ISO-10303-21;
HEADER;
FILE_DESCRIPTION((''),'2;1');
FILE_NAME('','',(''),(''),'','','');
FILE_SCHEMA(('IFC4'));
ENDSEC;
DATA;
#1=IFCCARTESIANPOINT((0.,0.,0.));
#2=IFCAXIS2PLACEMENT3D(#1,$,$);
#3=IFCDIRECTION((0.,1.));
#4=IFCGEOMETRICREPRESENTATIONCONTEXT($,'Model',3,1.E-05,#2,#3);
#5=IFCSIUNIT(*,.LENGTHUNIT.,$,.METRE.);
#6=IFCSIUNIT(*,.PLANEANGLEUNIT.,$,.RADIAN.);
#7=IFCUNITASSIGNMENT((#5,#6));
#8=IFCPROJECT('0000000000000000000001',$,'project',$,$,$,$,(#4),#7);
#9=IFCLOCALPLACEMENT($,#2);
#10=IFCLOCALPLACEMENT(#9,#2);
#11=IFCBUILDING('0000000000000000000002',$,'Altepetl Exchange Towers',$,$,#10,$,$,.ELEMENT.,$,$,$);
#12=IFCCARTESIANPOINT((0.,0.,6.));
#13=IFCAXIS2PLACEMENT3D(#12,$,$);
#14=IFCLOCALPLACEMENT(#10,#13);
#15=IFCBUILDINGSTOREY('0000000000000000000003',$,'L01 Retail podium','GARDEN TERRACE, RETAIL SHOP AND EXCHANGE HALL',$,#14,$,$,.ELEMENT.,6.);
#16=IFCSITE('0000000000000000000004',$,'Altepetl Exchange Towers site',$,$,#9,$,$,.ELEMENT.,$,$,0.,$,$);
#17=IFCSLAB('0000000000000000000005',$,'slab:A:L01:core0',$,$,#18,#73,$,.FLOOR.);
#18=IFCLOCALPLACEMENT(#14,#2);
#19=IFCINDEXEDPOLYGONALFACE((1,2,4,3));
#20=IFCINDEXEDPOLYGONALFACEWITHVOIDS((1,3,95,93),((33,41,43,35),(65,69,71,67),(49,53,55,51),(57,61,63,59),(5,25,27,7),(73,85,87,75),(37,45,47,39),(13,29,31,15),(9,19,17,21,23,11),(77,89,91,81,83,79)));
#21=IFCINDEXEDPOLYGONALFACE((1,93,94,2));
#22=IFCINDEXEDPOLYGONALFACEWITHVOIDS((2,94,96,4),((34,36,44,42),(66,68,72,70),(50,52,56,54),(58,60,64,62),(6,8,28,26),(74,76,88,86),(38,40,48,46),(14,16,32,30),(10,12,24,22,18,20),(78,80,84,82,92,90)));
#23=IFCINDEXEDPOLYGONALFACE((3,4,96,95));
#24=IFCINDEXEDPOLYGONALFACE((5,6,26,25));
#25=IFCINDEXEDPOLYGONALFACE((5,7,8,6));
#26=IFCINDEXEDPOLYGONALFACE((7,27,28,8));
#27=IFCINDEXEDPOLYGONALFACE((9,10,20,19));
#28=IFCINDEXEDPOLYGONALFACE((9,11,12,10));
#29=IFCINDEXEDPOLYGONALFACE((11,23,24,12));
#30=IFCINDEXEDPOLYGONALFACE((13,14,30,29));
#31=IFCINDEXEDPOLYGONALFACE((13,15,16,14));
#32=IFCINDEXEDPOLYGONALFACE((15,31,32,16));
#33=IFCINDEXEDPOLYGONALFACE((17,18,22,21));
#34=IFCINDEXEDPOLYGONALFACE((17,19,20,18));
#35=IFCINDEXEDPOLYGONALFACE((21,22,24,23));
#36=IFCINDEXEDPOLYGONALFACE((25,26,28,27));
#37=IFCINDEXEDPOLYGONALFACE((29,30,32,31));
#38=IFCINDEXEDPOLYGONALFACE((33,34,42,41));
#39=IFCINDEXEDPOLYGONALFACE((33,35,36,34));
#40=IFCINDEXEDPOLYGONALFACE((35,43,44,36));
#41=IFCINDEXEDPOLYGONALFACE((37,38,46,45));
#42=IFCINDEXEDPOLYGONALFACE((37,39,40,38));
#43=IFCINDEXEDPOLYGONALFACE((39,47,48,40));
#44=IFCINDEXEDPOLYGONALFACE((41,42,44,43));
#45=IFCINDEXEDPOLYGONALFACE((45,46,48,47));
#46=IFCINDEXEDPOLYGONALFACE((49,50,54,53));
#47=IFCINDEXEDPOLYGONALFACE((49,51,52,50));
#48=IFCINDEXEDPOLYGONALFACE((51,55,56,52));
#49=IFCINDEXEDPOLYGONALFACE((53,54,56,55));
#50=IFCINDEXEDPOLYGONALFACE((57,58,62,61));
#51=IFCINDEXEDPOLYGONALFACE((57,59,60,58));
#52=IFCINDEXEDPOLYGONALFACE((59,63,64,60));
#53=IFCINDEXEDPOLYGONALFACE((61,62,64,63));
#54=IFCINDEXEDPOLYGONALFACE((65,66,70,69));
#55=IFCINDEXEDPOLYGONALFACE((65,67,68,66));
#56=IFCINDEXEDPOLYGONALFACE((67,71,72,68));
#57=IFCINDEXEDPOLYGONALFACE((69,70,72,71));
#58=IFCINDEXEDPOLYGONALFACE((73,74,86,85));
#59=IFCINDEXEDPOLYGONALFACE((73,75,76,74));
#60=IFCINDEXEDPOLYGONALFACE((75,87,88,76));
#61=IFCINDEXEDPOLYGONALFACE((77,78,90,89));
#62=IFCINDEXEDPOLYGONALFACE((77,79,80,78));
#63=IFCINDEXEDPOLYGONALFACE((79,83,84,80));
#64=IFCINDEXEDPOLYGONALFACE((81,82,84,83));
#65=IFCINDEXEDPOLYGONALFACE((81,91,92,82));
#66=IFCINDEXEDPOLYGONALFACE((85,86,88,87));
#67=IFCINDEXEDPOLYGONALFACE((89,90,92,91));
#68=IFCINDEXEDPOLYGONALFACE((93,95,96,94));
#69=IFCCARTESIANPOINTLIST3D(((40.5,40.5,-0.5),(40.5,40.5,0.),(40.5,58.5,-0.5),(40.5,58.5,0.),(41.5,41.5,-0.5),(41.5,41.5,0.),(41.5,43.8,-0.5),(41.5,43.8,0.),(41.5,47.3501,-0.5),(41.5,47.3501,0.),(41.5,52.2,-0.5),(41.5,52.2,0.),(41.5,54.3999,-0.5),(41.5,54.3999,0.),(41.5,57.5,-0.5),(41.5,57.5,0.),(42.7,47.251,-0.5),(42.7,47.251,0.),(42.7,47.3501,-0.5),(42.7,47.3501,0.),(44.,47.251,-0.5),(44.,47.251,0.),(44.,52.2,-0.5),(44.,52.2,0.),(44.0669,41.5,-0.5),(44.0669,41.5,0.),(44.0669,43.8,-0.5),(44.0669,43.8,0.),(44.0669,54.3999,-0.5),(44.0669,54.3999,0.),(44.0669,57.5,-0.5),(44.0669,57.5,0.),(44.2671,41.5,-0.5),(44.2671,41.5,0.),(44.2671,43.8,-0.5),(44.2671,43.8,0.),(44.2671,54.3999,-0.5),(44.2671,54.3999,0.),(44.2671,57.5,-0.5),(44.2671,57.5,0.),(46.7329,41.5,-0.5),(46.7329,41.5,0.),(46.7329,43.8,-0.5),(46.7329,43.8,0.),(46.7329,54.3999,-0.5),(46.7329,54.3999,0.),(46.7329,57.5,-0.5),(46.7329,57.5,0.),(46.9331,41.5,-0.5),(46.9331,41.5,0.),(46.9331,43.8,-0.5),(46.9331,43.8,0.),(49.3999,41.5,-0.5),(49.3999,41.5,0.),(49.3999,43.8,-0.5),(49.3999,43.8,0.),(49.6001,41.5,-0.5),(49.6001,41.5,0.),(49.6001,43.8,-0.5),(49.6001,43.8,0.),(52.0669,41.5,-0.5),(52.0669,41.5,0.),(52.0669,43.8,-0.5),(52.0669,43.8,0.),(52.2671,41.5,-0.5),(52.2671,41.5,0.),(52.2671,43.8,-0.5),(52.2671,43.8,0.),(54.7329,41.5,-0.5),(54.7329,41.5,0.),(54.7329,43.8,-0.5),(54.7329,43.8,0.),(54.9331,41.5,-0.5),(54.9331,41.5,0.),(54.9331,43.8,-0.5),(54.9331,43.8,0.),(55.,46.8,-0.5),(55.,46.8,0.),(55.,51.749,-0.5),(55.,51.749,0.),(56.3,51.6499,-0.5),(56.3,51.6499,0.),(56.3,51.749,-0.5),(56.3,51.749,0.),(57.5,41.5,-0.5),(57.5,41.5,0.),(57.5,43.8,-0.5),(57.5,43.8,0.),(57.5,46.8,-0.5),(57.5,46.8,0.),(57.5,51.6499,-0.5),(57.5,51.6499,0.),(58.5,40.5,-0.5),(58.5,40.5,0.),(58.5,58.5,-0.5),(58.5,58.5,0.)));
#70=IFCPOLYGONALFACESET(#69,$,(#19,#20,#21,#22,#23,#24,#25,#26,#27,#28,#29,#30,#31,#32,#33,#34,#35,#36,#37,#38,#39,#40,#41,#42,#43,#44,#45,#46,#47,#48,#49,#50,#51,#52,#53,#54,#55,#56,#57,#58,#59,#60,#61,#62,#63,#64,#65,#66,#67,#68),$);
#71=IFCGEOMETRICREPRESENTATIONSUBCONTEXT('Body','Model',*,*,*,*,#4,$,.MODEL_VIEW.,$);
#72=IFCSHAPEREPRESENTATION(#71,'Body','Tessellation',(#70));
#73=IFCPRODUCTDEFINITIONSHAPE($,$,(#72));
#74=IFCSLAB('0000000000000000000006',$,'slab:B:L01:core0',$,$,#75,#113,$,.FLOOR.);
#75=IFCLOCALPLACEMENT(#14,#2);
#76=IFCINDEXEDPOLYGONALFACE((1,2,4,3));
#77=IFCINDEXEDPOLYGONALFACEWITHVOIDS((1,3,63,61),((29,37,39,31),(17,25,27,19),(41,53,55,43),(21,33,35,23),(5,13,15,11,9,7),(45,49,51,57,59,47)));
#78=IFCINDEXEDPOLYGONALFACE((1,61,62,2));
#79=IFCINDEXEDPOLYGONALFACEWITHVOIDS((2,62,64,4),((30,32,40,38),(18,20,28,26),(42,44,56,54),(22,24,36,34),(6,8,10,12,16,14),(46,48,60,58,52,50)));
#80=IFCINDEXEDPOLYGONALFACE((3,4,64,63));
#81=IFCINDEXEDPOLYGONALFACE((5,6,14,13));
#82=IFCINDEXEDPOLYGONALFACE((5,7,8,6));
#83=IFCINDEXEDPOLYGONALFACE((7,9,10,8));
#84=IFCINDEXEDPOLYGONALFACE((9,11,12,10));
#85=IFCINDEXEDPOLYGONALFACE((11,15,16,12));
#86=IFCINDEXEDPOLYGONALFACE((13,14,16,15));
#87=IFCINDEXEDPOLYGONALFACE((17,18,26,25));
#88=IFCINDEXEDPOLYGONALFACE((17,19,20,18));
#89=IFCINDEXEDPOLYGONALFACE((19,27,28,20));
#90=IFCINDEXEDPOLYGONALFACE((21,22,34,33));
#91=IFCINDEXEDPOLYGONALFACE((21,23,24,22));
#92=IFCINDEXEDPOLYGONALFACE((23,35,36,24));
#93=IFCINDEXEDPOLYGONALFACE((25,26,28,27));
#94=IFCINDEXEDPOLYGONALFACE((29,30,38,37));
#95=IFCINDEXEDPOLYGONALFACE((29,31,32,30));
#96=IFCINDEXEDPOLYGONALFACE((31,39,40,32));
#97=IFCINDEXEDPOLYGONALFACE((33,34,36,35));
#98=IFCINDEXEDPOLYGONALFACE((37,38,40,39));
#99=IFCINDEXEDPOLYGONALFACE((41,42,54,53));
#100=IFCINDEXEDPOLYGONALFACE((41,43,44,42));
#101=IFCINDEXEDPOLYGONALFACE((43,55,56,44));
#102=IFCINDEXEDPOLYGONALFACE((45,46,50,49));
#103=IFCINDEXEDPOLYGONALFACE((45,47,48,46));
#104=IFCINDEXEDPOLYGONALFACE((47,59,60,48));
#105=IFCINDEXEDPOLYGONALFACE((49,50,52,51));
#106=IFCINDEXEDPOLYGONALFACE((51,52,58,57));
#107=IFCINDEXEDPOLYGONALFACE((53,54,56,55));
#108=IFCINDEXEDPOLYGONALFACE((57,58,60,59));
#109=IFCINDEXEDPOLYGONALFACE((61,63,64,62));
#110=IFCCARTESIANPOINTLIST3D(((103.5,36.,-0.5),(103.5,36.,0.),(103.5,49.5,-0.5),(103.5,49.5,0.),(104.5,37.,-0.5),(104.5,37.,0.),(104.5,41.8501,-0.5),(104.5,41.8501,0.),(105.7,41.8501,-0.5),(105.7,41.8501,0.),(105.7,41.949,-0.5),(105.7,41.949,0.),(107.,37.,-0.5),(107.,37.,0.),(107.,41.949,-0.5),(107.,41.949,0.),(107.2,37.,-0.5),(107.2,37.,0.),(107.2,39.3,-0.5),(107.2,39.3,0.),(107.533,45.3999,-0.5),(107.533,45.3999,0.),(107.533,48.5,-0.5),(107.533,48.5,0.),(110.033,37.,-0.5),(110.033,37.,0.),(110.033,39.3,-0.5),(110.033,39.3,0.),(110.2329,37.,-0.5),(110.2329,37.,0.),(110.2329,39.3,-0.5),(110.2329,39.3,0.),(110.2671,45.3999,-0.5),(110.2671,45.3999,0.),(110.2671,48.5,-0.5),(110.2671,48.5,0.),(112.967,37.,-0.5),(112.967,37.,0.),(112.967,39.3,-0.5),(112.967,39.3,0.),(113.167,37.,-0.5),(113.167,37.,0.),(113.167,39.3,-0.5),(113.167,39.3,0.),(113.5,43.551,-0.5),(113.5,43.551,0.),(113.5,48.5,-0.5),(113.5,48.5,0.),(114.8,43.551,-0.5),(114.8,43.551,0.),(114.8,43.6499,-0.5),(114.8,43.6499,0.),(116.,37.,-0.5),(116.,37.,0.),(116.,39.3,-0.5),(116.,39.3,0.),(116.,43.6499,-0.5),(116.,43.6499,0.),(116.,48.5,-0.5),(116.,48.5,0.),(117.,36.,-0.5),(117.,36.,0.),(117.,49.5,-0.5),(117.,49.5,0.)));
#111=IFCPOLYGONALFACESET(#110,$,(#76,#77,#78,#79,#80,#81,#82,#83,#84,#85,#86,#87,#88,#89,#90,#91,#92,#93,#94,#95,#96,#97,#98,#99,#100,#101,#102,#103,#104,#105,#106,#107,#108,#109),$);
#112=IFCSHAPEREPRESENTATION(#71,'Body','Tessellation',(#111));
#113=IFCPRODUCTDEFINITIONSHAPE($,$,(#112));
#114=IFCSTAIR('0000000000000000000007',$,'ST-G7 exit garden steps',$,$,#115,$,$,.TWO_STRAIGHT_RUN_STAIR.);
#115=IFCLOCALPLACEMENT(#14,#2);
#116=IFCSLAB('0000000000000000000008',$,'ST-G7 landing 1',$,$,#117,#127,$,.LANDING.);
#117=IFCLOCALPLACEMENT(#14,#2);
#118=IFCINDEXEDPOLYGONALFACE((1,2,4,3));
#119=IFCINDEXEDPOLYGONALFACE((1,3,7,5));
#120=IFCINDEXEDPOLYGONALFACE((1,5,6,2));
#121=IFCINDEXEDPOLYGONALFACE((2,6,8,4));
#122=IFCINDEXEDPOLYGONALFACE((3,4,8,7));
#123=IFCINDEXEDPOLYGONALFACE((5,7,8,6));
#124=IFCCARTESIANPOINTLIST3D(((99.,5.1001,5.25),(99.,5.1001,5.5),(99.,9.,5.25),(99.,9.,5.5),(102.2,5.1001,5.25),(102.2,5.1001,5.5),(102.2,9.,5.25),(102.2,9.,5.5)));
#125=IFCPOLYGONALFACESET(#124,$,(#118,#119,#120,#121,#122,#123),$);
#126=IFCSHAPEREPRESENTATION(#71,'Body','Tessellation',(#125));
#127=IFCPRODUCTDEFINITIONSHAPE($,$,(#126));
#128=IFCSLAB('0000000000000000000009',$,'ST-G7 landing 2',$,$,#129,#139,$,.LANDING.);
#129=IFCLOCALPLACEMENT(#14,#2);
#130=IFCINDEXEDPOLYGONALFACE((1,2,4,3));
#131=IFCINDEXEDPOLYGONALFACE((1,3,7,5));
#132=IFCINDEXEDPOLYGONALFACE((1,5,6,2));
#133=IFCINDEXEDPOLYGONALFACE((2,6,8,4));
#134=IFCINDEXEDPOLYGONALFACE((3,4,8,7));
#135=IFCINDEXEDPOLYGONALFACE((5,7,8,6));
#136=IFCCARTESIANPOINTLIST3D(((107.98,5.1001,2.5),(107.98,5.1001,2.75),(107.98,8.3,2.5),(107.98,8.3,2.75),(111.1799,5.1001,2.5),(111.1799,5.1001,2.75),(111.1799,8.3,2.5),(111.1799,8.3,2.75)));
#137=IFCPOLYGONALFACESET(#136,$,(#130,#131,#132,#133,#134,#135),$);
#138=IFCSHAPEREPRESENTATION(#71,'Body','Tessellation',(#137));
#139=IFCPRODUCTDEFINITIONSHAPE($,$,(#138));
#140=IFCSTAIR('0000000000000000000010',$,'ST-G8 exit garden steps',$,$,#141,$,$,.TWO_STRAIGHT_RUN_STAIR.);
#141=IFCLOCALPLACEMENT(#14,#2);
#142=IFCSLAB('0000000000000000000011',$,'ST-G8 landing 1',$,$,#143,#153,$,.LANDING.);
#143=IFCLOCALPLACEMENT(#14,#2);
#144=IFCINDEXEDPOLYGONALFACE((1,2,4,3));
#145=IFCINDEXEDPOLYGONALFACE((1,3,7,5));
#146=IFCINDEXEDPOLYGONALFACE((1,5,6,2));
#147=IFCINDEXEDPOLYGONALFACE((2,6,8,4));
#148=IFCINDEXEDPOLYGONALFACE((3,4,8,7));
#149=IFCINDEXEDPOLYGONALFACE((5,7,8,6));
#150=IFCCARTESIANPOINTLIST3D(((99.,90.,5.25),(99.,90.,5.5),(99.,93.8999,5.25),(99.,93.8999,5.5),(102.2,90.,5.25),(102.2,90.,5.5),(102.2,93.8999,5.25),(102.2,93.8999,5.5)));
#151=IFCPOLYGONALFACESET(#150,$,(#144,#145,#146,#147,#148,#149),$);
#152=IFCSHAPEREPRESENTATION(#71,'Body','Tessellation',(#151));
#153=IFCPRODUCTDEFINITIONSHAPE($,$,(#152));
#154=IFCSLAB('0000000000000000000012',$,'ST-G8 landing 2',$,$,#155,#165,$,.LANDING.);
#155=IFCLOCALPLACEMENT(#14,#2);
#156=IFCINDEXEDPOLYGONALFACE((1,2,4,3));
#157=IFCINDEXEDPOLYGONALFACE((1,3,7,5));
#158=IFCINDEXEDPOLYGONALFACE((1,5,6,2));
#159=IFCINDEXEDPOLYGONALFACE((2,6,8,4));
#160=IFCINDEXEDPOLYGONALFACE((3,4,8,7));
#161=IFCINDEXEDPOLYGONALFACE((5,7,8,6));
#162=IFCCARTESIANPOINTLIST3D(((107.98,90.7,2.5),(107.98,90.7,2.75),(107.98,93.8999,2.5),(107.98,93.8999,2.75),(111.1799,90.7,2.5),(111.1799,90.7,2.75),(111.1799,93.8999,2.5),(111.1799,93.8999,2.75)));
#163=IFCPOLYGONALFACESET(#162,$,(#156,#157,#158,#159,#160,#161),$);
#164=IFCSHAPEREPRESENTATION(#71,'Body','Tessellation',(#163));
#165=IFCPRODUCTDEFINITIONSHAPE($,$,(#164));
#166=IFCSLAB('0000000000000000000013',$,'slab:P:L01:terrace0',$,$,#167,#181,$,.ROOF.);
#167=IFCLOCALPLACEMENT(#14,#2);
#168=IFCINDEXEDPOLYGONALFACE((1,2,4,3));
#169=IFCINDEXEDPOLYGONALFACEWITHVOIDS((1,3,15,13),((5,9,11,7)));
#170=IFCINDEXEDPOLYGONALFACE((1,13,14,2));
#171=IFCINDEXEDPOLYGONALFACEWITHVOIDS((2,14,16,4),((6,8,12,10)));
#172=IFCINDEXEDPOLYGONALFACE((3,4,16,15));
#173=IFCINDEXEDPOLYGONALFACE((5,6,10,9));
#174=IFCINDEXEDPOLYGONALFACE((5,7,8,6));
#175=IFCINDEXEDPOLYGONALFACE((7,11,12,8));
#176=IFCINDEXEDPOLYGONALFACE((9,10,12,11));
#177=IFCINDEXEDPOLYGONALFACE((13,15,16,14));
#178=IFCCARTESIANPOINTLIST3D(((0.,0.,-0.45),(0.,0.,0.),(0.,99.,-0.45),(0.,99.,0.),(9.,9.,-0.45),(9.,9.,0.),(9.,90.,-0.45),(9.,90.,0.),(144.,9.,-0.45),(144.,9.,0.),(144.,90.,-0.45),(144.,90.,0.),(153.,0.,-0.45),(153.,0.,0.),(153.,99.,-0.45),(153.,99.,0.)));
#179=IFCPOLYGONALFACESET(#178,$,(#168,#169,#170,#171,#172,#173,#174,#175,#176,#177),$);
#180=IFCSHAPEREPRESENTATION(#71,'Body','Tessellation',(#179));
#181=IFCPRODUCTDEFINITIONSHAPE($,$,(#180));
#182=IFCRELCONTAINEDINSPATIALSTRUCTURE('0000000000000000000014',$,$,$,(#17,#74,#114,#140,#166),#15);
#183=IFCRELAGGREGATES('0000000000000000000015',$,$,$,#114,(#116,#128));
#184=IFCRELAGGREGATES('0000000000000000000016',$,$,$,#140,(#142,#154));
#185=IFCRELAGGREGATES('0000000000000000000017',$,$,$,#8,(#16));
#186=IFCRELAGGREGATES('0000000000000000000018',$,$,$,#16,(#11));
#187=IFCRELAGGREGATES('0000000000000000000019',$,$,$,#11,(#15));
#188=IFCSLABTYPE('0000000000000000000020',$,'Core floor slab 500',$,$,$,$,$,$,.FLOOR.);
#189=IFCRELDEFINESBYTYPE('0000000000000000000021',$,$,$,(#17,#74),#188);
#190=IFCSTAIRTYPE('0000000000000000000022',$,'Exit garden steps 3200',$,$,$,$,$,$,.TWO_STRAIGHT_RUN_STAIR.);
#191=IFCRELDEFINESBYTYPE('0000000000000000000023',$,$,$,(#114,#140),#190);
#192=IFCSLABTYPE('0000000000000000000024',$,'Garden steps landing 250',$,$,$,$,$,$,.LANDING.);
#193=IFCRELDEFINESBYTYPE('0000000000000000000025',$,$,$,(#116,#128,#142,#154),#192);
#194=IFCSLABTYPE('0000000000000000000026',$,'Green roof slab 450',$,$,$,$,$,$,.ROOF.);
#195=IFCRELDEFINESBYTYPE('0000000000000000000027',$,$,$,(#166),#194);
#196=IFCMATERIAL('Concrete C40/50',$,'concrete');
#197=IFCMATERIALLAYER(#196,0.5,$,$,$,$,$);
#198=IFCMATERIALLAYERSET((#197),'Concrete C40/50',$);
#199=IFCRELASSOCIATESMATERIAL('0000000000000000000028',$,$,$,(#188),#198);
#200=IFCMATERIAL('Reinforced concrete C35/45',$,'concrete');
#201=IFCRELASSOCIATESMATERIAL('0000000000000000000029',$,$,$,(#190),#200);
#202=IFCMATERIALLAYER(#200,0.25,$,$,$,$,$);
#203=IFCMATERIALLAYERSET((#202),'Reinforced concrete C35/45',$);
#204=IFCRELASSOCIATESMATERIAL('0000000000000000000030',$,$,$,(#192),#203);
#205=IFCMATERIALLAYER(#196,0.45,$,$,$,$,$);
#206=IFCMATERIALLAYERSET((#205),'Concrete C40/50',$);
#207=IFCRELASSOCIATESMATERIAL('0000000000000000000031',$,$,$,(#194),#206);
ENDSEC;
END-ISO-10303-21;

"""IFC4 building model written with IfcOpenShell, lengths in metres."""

from ifc_helpers import new_model, si_unit, direction, frame, origin, place, context, subcontext, project, spatial, polyline, outline, extrude, material, layer, layer_set, type_object, element, aggregate, save


model = new_model("IFC4")

# Units and contexts
model_context = context("Model", 3, precision=1e-05, world=origin(), true_north=direction((0.0, 1.0)))
body_context = subcontext(model_context, "Body", "Model", "MODEL_VIEW")
ifc_project = project(units=[si_unit("LENGTHUNIT", "METRE"), si_unit("PLANEANGLEUNIT", "RADIAN")], contexts=[model_context])

# Site, building, storey
site_placement = place(None, origin())
site = spatial("IfcSite", under=ifc_project, at=site_placement, Name="Altepetl Exchange Towers site", CompositionType="ELEMENT", RefElevation=0.0)
building_placement = place(site_placement, origin())
building = spatial("IfcBuilding", under=site, at=building_placement, Name="Altepetl Exchange Towers", CompositionType="ELEMENT")
storey_placement = place(building_placement, frame((0.0, 0.0, 6.0)))
storey = spatial("IfcBuildingStorey", under=building, at=storey_placement, Name="L01 Retail podium", Description="GARDEN TERRACE, RETAIL SHOP AND EXCHANGE HALL", CompositionType="ELEMENT", Elevation=6.0)

# Slabs
ifc_material_1 = material(Name="Concrete C40/50", Category="concrete")
ifc_layer_1 = layer(ifc_material_1, 0.5)
ifc_layer_set_1 = layer_set([ifc_layer_1], Name="Concrete C40/50")
slab_type_1 = type_object("IfcSlabType", Name="Core floor slab 500", PredefinedType="FLOOR", material=ifc_layer_set_1)
slab_1_placement = place(storey_placement, frame((0.0, 0.0, -0.5)))
element("IfcSlab", 1, at=slab_1_placement, inside=storey, type_object=slab_type_1, Name="slab:A:L01:core0", PredefinedType="FLOOR", context=body_context, shape_type="SweptSolid", body=[
    extrude(outline(polyline([(40.5, 40.5), (58.5, 40.5), (58.5, 58.5), (40.5, 58.5), (40.5, 40.5)]), holes=[polyline([(41.5, 43.8), (44.0669, 43.8), (44.0669, 41.5), (41.5, 41.5), (41.5, 43.8)]), polyline([(44.2671, 43.8), (46.7329, 43.8), (46.7329, 41.5), (44.2671, 41.5), (44.2671, 43.8)]), polyline([(46.9331, 43.8), (49.3999, 43.8), (49.3999, 41.5), (46.9331, 41.5), (46.9331, 43.8)]), polyline([(52.0669, 43.8), (52.0669, 41.5), (49.6001, 41.5), (49.6001, 43.8), (52.0669, 43.8)]), polyline([(54.7329, 43.8), (54.7329, 41.5), (52.2671, 41.5), (52.2671, 43.8), (54.7329, 43.8)]), polyline([(54.9331, 43.8), (57.5, 43.8), (57.5, 41.5), (54.9331, 41.5), (54.9331, 43.8)]), polyline([(55.0, 51.749), (56.3, 51.749), (56.3, 51.6499), (57.5, 51.6499), (57.5, 46.8), (55.0, 46.8), (55.0, 51.749)]), polyline([(44.0, 47.251), (42.7, 47.251), (42.7, 47.3501), (41.5, 47.3501), (41.5, 52.2), (44.0, 52.2), (44.0, 47.251)]), polyline([(44.0669, 57.5), (44.0669, 54.3999), (41.5, 54.3999), (41.5, 57.5), (44.0669, 57.5)]), polyline([(46.7329, 57.5), (46.7329, 54.3999), (44.2671, 54.3999), (44.2671, 57.5), (46.7329, 57.5)])]), origin(), (0.0, 0.0, 1.0), 0.5),
])
slab_2_placement = place(storey_placement, frame((0.0, 0.0, -0.5)))
element("IfcSlab", 2, at=slab_2_placement, inside=storey, type_object=slab_type_1, Name="slab:B:L01:core0", PredefinedType="FLOOR", context=body_context, shape_type="SweptSolid", body=[
    extrude(outline(polyline([(103.5, 36.0), (117.0, 36.0), (117.0, 49.5), (103.5, 49.5), (103.5, 36.0)]), holes=[polyline([(107.2, 37.0), (107.2, 39.3), (110.033, 39.3), (110.033, 37.0), (107.2, 37.0)]), polyline([(110.2329, 39.3), (112.967, 39.3), (112.967, 37.0), (110.2329, 37.0), (110.2329, 39.3)]), polyline([(113.167, 39.3), (116.0, 39.3), (116.0, 37.0), (113.167, 37.0), (113.167, 39.3)]), polyline([(107.0, 37.0), (104.5, 37.0), (104.5, 41.8501), (105.7, 41.8501), (105.7, 41.949), (107.0, 41.949), (107.0, 37.0)]), polyline([(116.0, 48.5), (116.0, 43.6499), (114.8, 43.6499), (114.8, 43.551), (113.5, 43.551), (113.5, 48.5), (116.0, 48.5)]), polyline([(107.533, 48.5), (110.2671, 48.5), (110.2671, 45.3999), (107.533, 45.3999), (107.533, 48.5)])]), origin(), (0.0, 0.0, 1.0), 0.5),
])

# Stairs, slabs
ifc_material_2 = material(Name="Reinforced concrete C35/45", Category="concrete")
stair_type_1 = type_object("IfcStairType", Name="Exit garden steps 3200", PredefinedType="TWO_STRAIGHT_RUN_STAIR", material=ifc_material_2)
stair_1_placement = place(storey_placement, origin())
stair_1 = element("IfcStair", 3, at=stair_1_placement, inside=storey, type_object=stair_type_1, Name="ST-G7 exit garden steps", PredefinedType="TWO_STRAIGHT_RUN_STAIR")
ifc_layer_2 = layer(ifc_material_2, 0.25)
ifc_layer_set_2 = layer_set([ifc_layer_2], Name="Reinforced concrete C35/45")
slab_type_2 = type_object("IfcSlabType", Name="Garden steps landing 250", PredefinedType="LANDING", material=ifc_layer_set_2)
slab_3_placement = place(storey_placement, frame((0.0, 0.0, 5.25)))
slab_3 = element("IfcSlab", 4, at=slab_3_placement, type_object=slab_type_2, Name="ST-G7 landing 1", PredefinedType="LANDING", context=body_context, shape_type="SweptSolid", body=[
    extrude(outline(polyline([(99.0, 9.0), (102.2, 9.0), (102.2, 5.1001), (99.0, 5.1001), (99.0, 9.0)])), origin(), (0.0, 0.0, 1.0), 0.25),
])
slab_4_placement = place(storey_placement, frame((0.0, 0.0, 2.5)))
slab_4 = element("IfcSlab", 5, at=slab_4_placement, type_object=slab_type_2, Name="ST-G7 landing 2", PredefinedType="LANDING", context=body_context, shape_type="SweptSolid", body=[
    extrude(outline(polyline([(107.98, 8.3), (111.1799, 8.3), (111.1799, 5.1001), (107.98, 5.1001), (107.98, 8.3)])), origin(), (0.0, 0.0, 1.0), 0.25),
])
aggregate(stair_1, [slab_3, slab_4])
stair_2_placement = place(storey_placement, origin())
stair_2 = element("IfcStair", 6, at=stair_2_placement, inside=storey, type_object=stair_type_1, Name="ST-G8 exit garden steps", PredefinedType="TWO_STRAIGHT_RUN_STAIR")
slab_5_placement = place(storey_placement, frame((0.0, 0.0, 5.25)))
slab_5 = element("IfcSlab", 7, at=slab_5_placement, type_object=slab_type_2, Name="ST-G8 landing 1", PredefinedType="LANDING", context=body_context, shape_type="SweptSolid", body=[
    extrude(outline(polyline([(99.0, 90.0), (102.2, 90.0), (102.2, 93.8999), (99.0, 93.8999), (99.0, 90.0)])), origin(), (0.0, 0.0, 1.0), 0.25),
])
slab_6_placement = place(storey_placement, frame((0.0, 0.0, 2.5)))
slab_6 = element("IfcSlab", 8, at=slab_6_placement, type_object=slab_type_2, Name="ST-G8 landing 2", PredefinedType="LANDING", context=body_context, shape_type="SweptSolid", body=[
    extrude(outline(polyline([(107.98, 90.7), (111.1799, 90.7), (111.1799, 93.8999), (107.98, 93.8999), (107.98, 90.7)])), origin(), (0.0, 0.0, 1.0), 0.25),
])
aggregate(stair_2, [slab_5, slab_6])

# Slab
ifc_layer_3 = layer(ifc_material_1, 0.45)
ifc_layer_set_3 = layer_set([ifc_layer_3], Name="Concrete C40/50")
slab_type_3 = type_object("IfcSlabType", Name="Green roof slab 450", PredefinedType="ROOF", material=ifc_layer_set_3)
slab_7_placement = place(storey_placement, frame((0.0, 0.0, -0.45)))
element("IfcSlab", 9, at=slab_7_placement, inside=storey, type_object=slab_type_3, Name="slab:P:L01:terrace0", PredefinedType="ROOF", context=body_context, shape_type="SweptSolid", body=[
    extrude(outline(polyline([(0.0, 0.0), (153.0, 0.0), (153.0, 99.0), (0.0, 99.0), (0.0, 0.0)]), holes=[polyline([(144.0, 90.0), (144.0, 9.0), (9.0, 9.0), (9.0, 90.0), (144.0, 90.0)])]), origin(), (0.0, 0.0, 1.0), 0.45),
])

save(model, "model.ifc")
